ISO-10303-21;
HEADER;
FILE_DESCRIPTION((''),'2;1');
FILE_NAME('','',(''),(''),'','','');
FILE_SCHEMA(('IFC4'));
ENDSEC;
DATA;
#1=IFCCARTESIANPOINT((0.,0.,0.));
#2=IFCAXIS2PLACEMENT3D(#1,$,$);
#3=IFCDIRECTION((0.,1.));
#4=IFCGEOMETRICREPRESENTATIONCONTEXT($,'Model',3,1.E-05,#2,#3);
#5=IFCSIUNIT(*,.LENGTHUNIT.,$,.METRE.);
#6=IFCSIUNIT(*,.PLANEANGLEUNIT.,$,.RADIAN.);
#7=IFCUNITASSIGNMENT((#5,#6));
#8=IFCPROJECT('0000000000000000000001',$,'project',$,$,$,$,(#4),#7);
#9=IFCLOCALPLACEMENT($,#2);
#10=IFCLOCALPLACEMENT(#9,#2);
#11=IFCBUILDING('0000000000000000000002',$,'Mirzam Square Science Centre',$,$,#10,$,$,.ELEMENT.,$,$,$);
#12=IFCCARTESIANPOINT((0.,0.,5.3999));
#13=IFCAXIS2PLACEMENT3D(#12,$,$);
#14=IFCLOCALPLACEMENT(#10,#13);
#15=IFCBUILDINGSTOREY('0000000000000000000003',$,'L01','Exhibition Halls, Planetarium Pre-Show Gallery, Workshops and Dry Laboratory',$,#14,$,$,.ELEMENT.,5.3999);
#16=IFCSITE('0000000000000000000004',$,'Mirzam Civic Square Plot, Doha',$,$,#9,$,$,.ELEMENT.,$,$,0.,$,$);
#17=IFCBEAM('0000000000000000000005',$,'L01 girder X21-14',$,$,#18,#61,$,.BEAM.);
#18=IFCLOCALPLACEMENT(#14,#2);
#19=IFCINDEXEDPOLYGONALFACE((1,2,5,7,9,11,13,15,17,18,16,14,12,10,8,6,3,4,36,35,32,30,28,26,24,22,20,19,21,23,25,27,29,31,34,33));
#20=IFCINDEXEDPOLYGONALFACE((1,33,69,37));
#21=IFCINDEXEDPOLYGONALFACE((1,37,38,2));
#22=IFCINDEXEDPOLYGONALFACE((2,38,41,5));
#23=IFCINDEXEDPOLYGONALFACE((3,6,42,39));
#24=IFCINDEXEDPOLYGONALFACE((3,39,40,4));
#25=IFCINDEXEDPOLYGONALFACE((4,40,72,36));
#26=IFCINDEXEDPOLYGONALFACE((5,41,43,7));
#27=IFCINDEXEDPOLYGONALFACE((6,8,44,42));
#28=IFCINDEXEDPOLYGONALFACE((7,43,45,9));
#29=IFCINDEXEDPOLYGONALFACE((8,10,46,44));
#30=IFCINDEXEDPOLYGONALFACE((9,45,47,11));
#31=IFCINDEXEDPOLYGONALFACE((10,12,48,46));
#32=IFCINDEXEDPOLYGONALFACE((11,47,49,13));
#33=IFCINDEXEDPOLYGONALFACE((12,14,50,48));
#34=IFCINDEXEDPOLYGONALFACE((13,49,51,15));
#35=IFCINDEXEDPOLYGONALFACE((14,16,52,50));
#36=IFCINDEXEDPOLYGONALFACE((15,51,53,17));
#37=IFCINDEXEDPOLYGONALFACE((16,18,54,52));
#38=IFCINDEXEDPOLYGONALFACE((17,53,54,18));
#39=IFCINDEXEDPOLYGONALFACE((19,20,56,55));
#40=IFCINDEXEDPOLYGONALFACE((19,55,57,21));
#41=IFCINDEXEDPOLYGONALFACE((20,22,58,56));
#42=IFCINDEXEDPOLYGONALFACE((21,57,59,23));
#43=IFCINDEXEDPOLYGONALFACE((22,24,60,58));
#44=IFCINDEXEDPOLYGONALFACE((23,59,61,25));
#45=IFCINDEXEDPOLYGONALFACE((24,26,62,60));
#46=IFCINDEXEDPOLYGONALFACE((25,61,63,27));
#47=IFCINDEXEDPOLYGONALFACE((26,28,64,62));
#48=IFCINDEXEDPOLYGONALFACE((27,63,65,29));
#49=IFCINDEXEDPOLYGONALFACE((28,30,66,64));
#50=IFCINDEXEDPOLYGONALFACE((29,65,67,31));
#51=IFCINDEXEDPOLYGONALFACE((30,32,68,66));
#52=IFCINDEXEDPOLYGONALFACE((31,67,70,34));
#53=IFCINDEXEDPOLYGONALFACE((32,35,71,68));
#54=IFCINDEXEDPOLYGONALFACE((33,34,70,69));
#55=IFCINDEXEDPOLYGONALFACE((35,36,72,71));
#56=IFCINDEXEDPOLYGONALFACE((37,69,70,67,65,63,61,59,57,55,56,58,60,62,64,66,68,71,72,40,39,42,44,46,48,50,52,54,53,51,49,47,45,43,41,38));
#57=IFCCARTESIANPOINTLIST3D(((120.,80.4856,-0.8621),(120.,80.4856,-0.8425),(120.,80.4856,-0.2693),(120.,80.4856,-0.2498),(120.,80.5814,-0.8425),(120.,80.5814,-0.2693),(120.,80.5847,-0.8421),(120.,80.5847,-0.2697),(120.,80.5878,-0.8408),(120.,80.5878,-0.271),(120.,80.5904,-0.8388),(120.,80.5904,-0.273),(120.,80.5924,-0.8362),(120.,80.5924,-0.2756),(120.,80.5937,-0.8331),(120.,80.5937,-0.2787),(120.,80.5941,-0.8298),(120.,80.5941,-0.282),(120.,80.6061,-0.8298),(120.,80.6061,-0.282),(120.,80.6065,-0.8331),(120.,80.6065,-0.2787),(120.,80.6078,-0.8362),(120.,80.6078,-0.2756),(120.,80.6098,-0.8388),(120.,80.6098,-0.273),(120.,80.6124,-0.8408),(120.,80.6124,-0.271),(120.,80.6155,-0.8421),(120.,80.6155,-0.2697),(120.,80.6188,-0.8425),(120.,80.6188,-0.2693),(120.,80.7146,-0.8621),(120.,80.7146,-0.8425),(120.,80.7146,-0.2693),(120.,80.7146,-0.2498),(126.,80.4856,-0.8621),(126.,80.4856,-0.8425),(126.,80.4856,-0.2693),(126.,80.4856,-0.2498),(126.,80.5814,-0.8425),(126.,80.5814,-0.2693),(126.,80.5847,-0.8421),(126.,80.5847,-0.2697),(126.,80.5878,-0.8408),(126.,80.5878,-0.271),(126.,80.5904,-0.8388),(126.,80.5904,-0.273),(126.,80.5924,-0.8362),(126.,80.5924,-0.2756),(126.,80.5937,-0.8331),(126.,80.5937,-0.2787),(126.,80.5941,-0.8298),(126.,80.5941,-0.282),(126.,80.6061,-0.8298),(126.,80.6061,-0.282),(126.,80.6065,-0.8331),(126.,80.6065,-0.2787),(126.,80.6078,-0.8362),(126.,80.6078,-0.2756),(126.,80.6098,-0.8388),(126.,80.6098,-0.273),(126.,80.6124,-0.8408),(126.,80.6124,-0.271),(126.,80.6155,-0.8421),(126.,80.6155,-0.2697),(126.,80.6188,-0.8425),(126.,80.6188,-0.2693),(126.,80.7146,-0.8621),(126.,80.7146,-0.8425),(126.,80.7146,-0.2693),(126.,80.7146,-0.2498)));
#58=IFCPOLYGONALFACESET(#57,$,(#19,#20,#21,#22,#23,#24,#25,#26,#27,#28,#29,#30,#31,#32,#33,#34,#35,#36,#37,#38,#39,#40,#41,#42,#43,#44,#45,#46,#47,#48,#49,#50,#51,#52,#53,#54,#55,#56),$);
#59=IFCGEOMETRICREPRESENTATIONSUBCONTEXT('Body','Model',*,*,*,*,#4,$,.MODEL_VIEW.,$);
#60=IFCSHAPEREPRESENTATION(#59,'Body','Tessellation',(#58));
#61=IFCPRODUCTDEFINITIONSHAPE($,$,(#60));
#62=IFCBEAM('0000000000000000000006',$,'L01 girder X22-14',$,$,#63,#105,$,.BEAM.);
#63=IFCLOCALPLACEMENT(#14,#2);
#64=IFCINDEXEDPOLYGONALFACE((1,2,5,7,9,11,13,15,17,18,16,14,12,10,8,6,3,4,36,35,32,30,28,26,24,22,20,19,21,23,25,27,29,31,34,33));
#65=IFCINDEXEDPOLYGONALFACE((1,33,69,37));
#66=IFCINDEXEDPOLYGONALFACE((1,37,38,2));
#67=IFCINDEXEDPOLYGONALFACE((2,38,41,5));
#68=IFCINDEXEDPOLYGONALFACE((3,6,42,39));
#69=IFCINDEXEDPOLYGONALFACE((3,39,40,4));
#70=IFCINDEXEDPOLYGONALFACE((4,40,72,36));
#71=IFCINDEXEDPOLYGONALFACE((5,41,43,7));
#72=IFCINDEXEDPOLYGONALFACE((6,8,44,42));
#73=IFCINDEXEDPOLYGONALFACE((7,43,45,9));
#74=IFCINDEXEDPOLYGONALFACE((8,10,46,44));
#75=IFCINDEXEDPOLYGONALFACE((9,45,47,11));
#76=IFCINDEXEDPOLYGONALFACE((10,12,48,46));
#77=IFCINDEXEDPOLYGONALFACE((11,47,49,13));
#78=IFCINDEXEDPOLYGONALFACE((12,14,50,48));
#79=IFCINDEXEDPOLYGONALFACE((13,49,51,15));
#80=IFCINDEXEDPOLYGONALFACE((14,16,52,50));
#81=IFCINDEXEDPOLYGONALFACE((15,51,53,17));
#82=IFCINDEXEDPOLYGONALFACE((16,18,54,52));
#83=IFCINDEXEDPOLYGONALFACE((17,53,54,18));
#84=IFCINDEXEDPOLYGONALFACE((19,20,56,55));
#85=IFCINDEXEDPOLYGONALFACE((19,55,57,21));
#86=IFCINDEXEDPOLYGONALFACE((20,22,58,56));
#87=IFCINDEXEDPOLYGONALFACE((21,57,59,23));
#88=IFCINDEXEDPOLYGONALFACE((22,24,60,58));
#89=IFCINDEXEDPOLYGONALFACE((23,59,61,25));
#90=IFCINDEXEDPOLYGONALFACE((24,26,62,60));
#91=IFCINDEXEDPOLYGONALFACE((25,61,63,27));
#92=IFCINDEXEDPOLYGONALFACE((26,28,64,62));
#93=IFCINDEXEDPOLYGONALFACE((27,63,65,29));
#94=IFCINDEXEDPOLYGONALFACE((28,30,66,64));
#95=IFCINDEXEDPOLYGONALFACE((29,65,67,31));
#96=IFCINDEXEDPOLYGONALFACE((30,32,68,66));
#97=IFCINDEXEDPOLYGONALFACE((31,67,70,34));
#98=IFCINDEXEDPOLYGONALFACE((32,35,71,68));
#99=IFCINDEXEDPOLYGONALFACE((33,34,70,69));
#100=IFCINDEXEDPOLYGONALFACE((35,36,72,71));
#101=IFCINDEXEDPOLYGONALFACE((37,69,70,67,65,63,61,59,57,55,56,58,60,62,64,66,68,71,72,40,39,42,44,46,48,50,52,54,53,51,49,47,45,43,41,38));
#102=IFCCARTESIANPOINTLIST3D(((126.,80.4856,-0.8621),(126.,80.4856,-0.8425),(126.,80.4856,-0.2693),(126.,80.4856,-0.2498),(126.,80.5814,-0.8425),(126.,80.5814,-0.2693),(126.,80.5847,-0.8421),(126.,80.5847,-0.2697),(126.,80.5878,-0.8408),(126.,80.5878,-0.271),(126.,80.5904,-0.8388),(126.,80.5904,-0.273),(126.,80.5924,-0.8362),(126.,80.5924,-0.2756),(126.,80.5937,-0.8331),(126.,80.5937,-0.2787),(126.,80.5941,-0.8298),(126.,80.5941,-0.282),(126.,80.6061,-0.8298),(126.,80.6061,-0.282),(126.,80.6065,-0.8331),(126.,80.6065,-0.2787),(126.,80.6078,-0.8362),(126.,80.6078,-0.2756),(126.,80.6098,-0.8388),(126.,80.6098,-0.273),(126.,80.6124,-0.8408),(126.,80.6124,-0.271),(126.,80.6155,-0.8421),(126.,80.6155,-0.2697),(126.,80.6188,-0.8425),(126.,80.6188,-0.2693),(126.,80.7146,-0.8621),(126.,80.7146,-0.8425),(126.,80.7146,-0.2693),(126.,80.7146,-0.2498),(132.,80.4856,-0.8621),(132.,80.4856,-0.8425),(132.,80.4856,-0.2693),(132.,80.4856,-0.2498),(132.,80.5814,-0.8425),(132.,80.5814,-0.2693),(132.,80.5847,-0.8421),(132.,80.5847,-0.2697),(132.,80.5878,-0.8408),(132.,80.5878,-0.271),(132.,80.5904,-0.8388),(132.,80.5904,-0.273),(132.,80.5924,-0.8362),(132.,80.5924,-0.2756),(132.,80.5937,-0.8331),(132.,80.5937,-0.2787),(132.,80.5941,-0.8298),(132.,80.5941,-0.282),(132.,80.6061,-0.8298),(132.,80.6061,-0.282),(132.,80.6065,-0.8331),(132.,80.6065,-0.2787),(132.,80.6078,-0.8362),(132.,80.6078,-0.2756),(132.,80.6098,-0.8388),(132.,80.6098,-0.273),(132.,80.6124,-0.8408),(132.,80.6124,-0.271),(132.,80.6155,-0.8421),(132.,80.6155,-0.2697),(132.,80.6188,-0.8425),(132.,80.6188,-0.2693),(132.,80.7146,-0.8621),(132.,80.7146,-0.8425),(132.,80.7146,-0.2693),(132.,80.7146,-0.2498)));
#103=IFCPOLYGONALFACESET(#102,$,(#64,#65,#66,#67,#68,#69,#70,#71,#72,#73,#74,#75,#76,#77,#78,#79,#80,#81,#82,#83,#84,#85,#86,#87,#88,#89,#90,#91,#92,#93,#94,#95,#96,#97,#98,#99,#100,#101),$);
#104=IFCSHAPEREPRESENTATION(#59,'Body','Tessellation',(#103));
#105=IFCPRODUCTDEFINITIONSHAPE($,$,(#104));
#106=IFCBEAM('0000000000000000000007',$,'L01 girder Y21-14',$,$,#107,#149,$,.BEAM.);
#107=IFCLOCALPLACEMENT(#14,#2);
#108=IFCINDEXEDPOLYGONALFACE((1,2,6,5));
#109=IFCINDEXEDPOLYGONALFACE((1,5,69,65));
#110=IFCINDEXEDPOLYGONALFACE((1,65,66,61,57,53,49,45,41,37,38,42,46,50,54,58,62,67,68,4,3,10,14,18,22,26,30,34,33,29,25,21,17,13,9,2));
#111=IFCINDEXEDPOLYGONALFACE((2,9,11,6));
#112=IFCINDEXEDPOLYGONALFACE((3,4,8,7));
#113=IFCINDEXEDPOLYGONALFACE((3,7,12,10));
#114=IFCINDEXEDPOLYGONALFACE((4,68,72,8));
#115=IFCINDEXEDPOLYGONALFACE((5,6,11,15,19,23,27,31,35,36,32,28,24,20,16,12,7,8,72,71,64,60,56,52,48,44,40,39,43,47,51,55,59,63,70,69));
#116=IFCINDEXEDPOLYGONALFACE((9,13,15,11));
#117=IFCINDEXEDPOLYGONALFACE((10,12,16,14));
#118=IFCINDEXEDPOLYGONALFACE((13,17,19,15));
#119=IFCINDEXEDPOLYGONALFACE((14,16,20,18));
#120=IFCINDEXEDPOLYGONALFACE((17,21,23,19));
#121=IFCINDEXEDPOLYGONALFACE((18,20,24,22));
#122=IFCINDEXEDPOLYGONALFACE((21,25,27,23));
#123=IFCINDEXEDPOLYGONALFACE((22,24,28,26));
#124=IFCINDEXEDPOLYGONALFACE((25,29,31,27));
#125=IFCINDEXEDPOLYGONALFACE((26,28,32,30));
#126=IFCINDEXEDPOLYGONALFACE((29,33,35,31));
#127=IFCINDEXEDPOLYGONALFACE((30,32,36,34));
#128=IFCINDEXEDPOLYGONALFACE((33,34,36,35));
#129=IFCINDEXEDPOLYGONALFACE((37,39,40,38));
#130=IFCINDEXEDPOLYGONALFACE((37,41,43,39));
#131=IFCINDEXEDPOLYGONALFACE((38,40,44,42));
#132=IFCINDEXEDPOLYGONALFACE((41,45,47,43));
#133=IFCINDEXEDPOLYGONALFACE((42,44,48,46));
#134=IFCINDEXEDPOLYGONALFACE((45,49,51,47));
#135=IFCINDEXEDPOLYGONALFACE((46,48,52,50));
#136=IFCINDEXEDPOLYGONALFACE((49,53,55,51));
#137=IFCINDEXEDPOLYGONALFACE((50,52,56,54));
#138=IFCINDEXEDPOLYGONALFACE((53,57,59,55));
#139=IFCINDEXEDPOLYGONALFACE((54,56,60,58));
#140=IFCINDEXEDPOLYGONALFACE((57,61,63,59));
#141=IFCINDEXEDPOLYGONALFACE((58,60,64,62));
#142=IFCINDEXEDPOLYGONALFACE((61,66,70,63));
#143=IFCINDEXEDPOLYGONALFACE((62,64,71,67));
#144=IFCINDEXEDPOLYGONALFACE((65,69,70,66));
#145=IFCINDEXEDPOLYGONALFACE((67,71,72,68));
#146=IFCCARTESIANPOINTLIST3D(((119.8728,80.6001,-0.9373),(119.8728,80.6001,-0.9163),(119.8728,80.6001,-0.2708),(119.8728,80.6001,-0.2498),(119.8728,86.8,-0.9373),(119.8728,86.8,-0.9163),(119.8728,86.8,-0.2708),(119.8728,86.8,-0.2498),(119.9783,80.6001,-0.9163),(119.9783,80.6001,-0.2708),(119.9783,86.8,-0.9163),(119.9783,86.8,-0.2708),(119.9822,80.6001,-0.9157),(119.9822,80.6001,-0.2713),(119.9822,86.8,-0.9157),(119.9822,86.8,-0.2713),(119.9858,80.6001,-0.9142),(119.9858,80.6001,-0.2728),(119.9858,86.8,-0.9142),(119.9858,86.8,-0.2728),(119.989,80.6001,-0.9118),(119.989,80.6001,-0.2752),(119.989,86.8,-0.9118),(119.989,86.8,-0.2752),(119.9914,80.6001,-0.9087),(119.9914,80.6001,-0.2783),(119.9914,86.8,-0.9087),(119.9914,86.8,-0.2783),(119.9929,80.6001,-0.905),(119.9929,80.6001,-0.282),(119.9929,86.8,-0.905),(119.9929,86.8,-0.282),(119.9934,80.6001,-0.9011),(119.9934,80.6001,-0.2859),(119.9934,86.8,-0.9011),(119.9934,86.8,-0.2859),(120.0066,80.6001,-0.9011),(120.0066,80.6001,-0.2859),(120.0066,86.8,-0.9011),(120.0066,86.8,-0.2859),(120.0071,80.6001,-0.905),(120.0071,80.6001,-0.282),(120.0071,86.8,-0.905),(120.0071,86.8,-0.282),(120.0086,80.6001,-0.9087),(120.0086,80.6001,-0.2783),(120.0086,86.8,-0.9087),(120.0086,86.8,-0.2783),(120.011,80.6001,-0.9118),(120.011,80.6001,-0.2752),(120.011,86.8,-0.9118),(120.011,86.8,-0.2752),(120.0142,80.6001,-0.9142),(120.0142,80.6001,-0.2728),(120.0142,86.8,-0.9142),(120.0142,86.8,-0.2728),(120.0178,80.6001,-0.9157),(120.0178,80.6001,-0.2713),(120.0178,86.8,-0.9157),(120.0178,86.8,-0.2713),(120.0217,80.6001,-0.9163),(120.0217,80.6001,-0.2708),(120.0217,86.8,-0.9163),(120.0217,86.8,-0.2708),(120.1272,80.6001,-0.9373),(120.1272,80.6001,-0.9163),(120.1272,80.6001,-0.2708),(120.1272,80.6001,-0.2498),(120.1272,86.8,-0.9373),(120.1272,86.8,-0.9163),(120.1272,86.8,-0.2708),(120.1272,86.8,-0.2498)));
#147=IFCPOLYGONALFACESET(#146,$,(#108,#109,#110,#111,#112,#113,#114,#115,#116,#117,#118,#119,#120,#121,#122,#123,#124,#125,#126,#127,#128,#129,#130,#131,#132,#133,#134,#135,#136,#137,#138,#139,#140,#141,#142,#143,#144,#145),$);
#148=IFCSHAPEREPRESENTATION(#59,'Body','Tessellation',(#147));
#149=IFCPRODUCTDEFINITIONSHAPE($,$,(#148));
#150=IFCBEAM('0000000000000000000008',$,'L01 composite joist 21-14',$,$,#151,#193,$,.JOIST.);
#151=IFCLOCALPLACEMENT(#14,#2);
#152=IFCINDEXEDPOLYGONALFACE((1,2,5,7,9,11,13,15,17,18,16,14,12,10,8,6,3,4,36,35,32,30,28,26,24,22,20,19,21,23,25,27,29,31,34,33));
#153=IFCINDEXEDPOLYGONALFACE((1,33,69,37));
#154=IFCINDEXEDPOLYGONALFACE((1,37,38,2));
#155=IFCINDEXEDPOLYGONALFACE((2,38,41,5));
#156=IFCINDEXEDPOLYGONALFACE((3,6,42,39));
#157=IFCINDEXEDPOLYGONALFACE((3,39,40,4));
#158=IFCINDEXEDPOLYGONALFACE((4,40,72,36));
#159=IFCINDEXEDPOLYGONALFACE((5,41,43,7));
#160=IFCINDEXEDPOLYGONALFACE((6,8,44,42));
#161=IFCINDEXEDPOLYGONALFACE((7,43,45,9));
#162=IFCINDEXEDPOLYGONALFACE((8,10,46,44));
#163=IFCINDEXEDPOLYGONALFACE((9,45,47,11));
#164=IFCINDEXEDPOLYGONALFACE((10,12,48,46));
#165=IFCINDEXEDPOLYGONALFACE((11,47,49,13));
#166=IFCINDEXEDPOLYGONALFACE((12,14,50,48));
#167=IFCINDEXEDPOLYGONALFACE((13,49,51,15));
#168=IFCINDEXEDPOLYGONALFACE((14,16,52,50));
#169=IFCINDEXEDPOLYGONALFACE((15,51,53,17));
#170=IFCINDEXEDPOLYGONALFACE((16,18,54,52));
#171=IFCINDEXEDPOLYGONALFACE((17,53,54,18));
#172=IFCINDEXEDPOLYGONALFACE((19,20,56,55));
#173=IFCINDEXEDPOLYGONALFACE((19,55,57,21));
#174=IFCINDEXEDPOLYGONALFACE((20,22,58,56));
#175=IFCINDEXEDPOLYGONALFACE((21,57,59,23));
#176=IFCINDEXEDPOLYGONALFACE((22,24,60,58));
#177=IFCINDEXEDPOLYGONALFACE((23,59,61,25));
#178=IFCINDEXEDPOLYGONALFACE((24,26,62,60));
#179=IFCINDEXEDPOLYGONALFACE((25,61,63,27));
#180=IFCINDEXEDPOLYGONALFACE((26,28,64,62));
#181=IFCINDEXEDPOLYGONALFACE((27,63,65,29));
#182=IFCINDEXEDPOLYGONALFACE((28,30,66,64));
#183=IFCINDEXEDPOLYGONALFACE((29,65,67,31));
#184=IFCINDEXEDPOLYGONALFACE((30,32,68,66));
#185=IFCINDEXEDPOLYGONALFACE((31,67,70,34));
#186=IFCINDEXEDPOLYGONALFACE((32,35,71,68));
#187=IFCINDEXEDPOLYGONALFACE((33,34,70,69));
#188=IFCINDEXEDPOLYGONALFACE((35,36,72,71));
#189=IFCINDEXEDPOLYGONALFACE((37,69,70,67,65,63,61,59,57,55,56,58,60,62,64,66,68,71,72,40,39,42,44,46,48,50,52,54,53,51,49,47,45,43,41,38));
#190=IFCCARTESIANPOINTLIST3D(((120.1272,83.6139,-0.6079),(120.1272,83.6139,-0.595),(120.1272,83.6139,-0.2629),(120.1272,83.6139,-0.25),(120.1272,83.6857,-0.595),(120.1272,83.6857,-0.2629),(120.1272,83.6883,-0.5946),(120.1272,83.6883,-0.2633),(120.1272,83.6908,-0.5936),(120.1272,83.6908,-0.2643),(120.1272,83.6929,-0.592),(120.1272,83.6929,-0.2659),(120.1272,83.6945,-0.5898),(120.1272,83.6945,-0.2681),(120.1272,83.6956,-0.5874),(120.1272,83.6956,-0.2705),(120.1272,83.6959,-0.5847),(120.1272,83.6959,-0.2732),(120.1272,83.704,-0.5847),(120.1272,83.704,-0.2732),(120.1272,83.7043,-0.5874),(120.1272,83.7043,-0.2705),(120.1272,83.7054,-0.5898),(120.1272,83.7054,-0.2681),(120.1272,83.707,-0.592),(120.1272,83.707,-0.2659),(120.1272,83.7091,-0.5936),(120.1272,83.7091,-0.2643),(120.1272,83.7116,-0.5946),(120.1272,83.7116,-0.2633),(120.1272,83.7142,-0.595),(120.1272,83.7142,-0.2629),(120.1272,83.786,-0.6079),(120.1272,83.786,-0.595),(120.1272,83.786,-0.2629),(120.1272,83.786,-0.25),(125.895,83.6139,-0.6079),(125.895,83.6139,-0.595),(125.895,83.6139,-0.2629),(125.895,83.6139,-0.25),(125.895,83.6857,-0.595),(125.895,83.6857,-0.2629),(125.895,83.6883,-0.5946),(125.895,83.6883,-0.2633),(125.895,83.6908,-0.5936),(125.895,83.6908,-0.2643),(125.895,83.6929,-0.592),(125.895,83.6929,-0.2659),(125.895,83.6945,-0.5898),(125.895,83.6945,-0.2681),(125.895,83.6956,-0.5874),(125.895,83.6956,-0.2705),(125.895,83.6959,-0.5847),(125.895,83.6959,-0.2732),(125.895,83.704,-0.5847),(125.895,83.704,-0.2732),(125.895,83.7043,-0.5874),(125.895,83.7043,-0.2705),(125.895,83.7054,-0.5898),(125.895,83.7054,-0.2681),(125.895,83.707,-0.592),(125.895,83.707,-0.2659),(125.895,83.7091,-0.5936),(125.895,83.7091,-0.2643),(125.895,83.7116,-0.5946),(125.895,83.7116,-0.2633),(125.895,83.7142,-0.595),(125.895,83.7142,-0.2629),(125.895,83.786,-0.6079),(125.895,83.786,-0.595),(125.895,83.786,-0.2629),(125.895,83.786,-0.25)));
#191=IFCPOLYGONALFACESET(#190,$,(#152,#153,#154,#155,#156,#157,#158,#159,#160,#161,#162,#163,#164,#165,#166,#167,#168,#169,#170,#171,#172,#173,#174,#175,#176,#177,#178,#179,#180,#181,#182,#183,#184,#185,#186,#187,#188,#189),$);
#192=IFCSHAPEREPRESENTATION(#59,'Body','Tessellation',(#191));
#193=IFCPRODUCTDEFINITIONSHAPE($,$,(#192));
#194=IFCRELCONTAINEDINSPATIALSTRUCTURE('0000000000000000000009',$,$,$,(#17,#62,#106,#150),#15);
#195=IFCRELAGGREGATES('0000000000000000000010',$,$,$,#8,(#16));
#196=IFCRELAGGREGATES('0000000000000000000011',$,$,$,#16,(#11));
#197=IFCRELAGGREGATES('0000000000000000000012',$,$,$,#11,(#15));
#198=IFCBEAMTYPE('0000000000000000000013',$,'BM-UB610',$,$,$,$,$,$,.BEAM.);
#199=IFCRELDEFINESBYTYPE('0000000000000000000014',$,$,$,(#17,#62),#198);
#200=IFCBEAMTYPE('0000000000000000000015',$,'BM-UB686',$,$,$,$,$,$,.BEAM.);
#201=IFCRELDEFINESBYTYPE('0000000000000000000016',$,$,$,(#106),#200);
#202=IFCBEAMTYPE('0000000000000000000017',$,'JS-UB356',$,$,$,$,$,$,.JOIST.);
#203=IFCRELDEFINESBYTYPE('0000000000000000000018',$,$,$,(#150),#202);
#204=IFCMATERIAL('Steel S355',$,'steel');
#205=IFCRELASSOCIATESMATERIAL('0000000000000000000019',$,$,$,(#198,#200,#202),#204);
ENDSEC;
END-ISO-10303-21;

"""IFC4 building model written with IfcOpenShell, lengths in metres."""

from ifc_helpers import new_model, si_unit, direction, frame, origin, origin_2d, place, context, subcontext, project, spatial, i_section, extrude, material, material_profile, profile_set, type_object, element, save


model = new_model("IFC4")

# Units and contexts
model_context = context("Model", 3, precision=1e-05, world=origin(), true_north=direction((0.0, 1.0)))
body_context = subcontext(model_context, "Body", "Model", "MODEL_VIEW")
ifc_project = project(units=[si_unit("LENGTHUNIT", "METRE"), si_unit("PLANEANGLEUNIT", "RADIAN")], contexts=[model_context])

# Site, building, storey
site_placement = place(None, origin())
site = spatial("IfcSite", under=ifc_project, at=site_placement, Name="Mirzam Civic Square Plot, Doha", CompositionType="ELEMENT", RefElevation=0.0)
building_placement = place(site_placement, origin())
building = spatial("IfcBuilding", under=site, at=building_placement, Name="Mirzam Square Science Centre", CompositionType="ELEMENT")
storey_placement = place(building_placement, frame((0.0, 0.0, 5.3999)))
storey = spatial("IfcBuildingStorey", under=building, at=storey_placement, Name="L01", Description="Exhibition Halls, Planetarium Pre-Show Gallery, Workshops and Dry Laboratory", CompositionType="ELEMENT", Elevation=5.3999)

# Shared definitions
ifc_material_1 = material(Name="Steel S355", Category="steel")

# Beams
ifc_material_profile_1 = material_profile(ifc_material_1, i_section(OverallWidth=0.229, OverallDepth=0.6123, WebThickness=0.012, FlangeThickness=0.0195, FilletRadius=0.0127, at=origin_2d()), Name="610x229x125UB")
ifc_profile_set_1 = profile_set([ifc_material_profile_1], Name="Steel S355")
beam_type_1 = type_object("IfcBeamType", Name="BM-UB610", PredefinedType="BEAM", material=ifc_profile_set_1)
for number, where, z_axis, x_axis, name in (
    (1, (120.0, 80.6001, -0.5559), (1.0, 0.0, 0.0), (0.0, 1.0, 0.0), "L01 girder X21-14"),
    (2, (126.0, 80.6001, -0.5559), (1.0, 0.0, 0.0), (0.0, 1.0, 0.0), "L01 girder X22-14"),
):
    element("IfcBeam", number, at=place(storey_placement, frame(where, z_axis=z_axis, x_axis=x_axis)), inside=storey, type_object=beam_type_1, Name=name, PredefinedType="BEAM", context=body_context, shape_type="SweptSolid", body=[
        extrude(i_section(OverallWidth=0.229, OverallDepth=0.6123, WebThickness=0.012, FlangeThickness=0.0195, FilletRadius=0.0127, at=origin_2d()), origin(), (0.0, 0.0, 1.0), 6.0),
    ])
ifc_material_profile_2 = material_profile(ifc_material_1, i_section(OverallWidth=0.2544, OverallDepth=0.6875, WebThickness=0.0132, FlangeThickness=0.021, FilletRadius=0.0151, at=origin_2d()), Name="686x254x152UB")
ifc_profile_set_2 = profile_set([ifc_material_profile_2], Name="Steel S355")
beam_type_2 = type_object("IfcBeamType", Name="BM-UB686", PredefinedType="BEAM", material=ifc_profile_set_2)
beam_1_placement = place(storey_placement, frame((120.0, 80.6001, -0.5935), z_axis=(0.0, 1.0, 0.0), x_axis=(-1.0, 0.0, 0.0)))
element("IfcBeam", 3, at=beam_1_placement, inside=storey, type_object=beam_type_2, Name="L01 girder Y21-14", PredefinedType="BEAM", context=body_context, shape_type="SweptSolid", body=[
    extrude(i_section(OverallWidth=0.2544, OverallDepth=0.6875, WebThickness=0.0132, FlangeThickness=0.021, FilletRadius=0.0151, at=origin_2d()), origin(), (0.0, 0.0, 1.0), 6.2),
])
ifc_material_profile_3 = material_profile(ifc_material_1, i_section(OverallWidth=0.1721, OverallDepth=0.3579, WebThickness=0.0081, FlangeThickness=0.0129, FilletRadius=0.0103, at=origin_2d()), Name="356x171x57UB")
ifc_profile_set_3 = profile_set([ifc_material_profile_3], Name="Steel S355")
beam_type_3 = type_object("IfcBeamType", Name="JS-UB356", PredefinedType="JOIST", material=ifc_profile_set_3)
beam_2_placement = place(storey_placement, frame((120.1272, 83.7, -0.429), z_axis=(1.0, 0.0, 0.0), x_axis=(0.0, 1.0, 0.0)))
element("IfcBeam", 4, at=beam_2_placement, inside=storey, type_object=beam_type_3, Name="L01 composite joist 21-14", PredefinedType="JOIST", context=body_context, shape_type="SweptSolid", body=[
    extrude(i_section(OverallWidth=0.1721, OverallDepth=0.3579, WebThickness=0.0081, FlangeThickness=0.0129, FilletRadius=0.0103, at=origin_2d()), origin(), (0.0, 0.0, 1.0), 5.7678),
])

save(model, "model.ifc")
